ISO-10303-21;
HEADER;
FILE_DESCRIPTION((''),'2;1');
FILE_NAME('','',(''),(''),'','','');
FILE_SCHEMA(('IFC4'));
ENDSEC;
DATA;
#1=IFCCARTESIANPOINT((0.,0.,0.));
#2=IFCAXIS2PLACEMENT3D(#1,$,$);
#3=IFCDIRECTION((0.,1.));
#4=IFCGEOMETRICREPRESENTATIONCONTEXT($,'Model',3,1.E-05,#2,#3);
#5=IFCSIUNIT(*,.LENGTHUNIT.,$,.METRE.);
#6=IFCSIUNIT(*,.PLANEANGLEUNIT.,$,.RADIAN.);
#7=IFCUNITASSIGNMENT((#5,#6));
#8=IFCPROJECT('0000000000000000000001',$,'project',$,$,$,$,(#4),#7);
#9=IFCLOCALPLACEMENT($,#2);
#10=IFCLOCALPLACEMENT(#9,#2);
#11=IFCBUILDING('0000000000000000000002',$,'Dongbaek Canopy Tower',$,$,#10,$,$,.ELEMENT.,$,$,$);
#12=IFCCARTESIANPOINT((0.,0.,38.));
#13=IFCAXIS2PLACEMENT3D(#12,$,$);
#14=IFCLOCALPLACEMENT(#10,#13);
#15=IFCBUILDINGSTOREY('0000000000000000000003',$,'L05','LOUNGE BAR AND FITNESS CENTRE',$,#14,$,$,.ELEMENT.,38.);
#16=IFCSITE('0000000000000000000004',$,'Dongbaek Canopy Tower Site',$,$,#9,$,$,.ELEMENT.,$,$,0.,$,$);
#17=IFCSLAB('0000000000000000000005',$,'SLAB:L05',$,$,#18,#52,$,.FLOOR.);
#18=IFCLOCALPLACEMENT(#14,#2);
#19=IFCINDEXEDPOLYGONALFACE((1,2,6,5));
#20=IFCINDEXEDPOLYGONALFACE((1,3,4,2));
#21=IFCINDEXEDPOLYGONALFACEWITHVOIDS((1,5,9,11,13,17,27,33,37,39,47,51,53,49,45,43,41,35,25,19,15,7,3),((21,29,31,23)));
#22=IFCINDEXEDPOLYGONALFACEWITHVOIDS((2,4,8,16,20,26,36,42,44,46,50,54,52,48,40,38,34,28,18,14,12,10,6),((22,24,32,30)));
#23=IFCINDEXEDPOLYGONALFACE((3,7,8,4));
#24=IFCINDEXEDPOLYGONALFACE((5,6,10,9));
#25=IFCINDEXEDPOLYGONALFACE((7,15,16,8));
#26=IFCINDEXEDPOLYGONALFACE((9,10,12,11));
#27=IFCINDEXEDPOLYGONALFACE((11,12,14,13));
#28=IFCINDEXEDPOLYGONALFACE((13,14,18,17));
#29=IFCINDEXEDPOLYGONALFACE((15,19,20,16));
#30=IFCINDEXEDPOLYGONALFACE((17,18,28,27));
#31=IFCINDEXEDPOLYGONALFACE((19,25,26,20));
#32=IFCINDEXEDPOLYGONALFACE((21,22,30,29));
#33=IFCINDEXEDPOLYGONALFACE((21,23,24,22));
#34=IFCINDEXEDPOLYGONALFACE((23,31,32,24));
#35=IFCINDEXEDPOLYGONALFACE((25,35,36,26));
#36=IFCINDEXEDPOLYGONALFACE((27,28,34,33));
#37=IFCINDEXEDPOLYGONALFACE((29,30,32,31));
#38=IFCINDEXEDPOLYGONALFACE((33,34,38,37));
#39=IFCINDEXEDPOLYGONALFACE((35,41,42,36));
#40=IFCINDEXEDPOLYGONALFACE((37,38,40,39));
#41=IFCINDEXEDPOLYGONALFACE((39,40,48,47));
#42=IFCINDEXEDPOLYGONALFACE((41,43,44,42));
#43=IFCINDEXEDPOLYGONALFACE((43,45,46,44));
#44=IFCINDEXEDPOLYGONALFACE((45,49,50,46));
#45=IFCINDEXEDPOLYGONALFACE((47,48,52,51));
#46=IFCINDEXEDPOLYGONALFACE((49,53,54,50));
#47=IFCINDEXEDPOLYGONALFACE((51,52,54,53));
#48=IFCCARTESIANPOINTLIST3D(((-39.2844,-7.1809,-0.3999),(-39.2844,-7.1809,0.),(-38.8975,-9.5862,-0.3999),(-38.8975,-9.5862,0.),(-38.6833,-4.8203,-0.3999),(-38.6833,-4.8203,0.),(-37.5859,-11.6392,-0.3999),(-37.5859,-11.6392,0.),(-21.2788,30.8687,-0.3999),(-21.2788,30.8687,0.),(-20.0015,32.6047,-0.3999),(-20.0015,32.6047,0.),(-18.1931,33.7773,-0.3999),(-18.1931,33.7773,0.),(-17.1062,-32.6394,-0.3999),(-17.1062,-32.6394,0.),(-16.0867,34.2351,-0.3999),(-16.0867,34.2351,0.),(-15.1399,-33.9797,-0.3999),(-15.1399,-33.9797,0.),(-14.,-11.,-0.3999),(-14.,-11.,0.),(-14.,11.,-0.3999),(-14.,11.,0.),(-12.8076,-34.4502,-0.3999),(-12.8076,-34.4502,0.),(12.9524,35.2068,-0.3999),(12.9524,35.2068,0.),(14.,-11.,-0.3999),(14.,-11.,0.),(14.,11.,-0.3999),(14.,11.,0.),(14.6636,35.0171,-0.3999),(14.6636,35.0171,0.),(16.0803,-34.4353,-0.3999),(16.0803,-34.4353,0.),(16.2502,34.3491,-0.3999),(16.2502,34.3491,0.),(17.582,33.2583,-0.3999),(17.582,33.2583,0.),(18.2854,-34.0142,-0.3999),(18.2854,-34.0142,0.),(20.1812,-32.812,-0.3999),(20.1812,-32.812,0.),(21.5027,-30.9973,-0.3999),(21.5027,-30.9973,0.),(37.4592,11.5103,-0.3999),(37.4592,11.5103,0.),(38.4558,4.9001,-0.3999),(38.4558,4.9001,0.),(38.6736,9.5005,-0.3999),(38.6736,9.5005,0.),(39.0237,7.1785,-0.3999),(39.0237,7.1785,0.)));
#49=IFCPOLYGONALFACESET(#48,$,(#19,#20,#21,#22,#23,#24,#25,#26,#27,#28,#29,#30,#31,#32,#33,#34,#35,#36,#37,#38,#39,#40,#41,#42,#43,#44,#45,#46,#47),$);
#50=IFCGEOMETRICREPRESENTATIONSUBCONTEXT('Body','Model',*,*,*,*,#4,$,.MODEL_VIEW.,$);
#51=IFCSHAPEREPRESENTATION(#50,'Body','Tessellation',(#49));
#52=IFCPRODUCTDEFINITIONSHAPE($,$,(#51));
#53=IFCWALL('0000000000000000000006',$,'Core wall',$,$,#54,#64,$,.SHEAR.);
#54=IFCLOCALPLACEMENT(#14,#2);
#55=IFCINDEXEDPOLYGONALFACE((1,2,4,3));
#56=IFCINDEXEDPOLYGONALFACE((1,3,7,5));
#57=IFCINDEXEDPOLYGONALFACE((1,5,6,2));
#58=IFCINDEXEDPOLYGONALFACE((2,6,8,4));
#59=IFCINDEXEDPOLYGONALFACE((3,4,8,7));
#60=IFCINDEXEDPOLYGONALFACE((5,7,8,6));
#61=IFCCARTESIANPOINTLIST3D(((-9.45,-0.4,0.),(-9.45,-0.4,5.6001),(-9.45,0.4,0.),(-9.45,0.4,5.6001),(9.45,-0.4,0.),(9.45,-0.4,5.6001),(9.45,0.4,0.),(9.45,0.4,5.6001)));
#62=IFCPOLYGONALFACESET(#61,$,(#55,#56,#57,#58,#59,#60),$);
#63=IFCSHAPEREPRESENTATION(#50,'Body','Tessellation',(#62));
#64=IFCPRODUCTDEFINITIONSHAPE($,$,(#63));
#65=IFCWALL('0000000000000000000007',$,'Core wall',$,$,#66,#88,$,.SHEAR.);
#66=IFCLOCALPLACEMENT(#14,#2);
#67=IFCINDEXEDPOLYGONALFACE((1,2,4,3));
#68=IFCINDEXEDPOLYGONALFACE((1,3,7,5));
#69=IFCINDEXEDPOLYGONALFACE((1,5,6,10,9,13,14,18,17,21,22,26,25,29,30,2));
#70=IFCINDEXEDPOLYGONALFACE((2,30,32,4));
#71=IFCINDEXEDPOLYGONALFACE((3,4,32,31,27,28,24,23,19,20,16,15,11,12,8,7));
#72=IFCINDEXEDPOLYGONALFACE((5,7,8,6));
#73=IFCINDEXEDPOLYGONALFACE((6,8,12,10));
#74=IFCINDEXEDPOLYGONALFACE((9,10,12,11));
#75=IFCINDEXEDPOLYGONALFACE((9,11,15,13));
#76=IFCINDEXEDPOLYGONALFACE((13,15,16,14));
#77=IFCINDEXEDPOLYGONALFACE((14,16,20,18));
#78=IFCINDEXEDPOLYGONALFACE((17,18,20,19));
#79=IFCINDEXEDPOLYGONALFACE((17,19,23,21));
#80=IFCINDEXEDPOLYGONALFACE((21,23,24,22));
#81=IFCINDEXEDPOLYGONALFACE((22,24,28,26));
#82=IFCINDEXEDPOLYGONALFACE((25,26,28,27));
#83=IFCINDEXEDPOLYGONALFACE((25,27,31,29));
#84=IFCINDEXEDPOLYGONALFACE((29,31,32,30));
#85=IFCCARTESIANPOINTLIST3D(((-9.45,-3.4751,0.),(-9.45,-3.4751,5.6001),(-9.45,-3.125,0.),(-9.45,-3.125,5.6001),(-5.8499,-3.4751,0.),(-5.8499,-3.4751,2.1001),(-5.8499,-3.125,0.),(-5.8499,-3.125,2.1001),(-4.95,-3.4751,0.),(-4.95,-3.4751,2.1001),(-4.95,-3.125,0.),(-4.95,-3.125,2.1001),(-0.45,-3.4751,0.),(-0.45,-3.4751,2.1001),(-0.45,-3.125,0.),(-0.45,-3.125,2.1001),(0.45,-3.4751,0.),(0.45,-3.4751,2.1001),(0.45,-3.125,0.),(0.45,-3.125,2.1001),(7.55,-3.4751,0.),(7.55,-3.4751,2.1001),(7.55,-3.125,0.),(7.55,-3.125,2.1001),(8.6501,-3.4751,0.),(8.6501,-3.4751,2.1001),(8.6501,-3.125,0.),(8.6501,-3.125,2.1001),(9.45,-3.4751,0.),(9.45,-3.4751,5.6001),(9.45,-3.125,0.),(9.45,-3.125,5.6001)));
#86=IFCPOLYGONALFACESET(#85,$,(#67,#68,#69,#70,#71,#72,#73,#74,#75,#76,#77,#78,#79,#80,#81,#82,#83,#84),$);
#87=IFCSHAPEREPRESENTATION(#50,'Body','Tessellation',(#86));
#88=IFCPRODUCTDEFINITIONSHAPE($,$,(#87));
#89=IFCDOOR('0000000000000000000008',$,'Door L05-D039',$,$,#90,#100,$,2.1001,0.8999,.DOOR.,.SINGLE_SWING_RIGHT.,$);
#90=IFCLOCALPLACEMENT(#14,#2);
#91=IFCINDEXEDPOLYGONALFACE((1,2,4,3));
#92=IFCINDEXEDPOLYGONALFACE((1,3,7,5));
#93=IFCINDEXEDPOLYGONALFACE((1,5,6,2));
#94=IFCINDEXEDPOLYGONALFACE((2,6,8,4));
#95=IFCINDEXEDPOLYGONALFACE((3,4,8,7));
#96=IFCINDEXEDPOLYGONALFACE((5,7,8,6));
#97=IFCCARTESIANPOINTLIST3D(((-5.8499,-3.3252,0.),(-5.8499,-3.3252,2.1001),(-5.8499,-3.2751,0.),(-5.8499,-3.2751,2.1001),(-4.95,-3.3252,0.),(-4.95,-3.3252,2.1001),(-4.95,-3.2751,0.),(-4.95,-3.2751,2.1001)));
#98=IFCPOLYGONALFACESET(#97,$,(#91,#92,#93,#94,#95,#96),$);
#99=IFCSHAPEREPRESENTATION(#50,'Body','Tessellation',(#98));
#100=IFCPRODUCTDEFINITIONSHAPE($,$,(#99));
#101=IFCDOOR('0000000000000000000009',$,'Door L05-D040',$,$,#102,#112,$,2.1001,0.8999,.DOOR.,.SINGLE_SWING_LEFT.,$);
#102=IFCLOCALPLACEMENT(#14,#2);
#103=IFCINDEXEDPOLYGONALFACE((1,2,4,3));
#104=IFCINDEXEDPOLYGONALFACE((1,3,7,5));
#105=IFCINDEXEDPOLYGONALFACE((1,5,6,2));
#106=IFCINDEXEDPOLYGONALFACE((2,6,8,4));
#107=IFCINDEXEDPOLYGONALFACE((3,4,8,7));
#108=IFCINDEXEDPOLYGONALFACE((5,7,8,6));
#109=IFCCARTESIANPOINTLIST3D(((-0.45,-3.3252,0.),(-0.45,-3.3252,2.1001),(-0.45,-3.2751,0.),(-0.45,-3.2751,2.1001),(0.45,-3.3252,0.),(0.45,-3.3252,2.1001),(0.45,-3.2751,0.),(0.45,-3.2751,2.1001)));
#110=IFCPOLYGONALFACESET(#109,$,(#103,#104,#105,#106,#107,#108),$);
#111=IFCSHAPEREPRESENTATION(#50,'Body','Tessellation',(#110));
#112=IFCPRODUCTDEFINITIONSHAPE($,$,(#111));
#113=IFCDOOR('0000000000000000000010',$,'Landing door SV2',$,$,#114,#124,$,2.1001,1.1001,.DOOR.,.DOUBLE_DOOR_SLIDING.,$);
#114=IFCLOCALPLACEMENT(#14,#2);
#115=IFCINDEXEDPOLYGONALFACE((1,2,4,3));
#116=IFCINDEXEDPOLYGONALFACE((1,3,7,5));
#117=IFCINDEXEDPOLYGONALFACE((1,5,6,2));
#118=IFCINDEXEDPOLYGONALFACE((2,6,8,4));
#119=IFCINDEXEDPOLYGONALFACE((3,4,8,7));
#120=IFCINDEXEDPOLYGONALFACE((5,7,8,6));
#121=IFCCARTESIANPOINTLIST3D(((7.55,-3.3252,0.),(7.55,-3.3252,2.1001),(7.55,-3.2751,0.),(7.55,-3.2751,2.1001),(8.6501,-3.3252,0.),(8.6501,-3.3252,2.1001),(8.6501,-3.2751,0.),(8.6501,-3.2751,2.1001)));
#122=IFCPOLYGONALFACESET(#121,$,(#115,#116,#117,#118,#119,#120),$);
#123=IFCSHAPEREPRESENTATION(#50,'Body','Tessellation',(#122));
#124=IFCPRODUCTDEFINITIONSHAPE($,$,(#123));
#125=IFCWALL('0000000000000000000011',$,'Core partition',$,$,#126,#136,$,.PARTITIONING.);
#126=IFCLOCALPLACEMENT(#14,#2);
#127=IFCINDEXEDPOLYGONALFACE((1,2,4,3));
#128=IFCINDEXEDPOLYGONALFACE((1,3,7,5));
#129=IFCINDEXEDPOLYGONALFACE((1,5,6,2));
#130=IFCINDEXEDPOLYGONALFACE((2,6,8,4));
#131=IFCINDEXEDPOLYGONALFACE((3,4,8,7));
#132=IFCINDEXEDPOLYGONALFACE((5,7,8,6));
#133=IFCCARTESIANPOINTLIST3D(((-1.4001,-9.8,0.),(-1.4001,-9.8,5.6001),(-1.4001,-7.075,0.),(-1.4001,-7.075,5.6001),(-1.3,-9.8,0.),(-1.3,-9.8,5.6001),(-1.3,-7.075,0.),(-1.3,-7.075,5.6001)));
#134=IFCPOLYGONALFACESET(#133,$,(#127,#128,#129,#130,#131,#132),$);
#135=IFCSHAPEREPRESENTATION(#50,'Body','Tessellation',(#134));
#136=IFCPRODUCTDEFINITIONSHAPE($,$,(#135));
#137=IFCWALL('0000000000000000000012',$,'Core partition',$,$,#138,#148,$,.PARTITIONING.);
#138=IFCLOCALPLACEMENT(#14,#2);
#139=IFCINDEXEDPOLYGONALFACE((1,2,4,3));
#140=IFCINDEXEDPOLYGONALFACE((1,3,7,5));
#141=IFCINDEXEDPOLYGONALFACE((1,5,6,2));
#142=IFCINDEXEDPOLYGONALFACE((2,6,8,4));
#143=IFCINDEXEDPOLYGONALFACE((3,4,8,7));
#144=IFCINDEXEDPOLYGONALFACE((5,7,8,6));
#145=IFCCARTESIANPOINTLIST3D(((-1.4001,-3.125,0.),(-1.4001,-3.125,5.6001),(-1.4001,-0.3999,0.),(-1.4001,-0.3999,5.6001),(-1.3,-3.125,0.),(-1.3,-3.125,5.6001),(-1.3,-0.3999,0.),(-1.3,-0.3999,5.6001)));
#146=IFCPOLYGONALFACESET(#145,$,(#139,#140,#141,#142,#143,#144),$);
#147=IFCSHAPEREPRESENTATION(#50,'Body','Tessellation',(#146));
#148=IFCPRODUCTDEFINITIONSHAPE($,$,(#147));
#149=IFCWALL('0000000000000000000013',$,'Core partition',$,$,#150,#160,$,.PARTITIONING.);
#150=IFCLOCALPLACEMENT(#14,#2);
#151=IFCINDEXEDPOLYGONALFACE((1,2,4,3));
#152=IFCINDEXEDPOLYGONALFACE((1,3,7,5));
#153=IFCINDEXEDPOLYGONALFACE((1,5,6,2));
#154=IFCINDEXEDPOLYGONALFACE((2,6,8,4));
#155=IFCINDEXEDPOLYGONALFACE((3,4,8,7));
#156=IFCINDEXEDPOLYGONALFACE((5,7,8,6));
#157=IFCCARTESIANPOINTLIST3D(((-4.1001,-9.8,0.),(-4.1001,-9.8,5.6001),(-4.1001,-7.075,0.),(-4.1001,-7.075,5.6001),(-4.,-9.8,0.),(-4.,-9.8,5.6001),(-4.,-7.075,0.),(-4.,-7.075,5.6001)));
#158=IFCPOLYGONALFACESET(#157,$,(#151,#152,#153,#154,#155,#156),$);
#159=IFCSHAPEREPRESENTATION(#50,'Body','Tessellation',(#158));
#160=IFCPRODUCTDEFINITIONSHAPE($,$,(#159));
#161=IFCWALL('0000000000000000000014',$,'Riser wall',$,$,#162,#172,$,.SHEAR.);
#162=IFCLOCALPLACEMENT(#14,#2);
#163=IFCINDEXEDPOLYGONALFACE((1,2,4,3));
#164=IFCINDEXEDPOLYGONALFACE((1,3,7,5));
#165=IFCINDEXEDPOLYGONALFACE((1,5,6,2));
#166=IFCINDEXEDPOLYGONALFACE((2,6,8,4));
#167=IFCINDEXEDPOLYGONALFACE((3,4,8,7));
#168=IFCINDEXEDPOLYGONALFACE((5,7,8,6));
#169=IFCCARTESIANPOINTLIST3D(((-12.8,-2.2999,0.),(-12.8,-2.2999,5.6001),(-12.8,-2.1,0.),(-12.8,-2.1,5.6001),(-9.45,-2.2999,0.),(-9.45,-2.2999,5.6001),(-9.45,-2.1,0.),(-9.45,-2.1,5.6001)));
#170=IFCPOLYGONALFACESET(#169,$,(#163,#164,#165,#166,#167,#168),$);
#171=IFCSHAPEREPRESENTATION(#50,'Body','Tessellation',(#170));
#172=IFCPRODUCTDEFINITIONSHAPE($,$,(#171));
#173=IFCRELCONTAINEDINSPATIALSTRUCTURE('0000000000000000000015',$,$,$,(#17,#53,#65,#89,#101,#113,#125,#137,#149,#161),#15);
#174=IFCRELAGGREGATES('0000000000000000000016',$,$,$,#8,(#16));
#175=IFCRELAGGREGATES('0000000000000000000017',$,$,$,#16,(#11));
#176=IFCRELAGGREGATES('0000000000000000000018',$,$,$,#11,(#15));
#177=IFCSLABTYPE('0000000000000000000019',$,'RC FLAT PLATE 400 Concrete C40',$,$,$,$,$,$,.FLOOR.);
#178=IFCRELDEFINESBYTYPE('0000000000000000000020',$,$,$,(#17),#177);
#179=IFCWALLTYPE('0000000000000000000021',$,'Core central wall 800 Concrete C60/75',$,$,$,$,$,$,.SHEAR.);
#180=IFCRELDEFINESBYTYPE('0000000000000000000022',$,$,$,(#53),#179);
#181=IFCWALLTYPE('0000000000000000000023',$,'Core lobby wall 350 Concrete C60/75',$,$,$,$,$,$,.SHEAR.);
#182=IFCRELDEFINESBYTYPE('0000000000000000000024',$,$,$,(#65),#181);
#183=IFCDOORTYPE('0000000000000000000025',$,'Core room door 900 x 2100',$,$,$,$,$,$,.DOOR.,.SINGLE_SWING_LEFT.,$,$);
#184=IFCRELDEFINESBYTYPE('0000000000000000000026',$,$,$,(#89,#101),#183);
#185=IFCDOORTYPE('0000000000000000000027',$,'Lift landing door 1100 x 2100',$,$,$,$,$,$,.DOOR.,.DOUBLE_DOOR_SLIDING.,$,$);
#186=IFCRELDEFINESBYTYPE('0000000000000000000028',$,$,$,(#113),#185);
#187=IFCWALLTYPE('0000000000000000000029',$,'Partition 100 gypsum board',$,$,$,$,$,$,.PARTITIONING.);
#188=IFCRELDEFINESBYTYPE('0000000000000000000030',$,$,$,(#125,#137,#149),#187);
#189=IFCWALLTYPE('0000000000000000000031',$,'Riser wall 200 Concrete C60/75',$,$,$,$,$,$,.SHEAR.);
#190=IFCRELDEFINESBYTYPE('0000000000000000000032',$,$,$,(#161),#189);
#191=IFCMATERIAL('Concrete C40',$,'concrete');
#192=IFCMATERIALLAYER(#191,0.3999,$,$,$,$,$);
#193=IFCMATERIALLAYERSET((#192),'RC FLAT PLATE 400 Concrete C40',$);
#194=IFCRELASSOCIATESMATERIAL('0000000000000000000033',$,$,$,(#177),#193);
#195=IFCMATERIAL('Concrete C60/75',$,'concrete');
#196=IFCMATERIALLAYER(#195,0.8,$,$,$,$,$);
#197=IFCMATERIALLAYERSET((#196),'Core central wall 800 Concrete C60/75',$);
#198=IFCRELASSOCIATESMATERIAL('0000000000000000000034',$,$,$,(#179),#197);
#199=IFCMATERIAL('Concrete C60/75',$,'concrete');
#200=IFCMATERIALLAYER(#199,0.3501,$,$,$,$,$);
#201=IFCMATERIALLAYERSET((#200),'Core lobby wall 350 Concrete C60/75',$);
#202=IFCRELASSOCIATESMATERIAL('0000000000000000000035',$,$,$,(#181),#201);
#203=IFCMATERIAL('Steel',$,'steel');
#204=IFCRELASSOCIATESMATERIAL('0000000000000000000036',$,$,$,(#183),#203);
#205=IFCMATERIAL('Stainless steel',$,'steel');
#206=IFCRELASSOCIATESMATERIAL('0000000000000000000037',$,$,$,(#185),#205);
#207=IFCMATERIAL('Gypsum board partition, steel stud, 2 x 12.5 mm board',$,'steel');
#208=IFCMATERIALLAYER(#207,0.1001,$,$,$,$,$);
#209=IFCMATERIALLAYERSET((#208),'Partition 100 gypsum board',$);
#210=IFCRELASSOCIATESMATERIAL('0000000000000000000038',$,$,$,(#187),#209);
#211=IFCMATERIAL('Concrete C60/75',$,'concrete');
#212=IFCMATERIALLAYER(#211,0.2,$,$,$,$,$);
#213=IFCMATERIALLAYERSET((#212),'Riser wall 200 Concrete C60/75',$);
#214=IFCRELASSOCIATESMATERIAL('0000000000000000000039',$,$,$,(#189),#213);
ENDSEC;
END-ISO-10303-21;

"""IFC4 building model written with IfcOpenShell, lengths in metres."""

from ifc_helpers import new_model, si_unit, direction, frame, frame_2d, origin, place, context, subcontext, project, spatial, polyline, rectangle, outline, extrude, material, layer, layer_set, type_object, element, fill, save


model = new_model("IFC4")

# Units and contexts
model_context = context("Model", 3, precision=1e-05, world=origin(), true_north=direction((0.0, 1.0)))
body_context = subcontext(model_context, "Body", "Model", "MODEL_VIEW")
ifc_project = project(units=[si_unit("LENGTHUNIT", "METRE"), si_unit("PLANEANGLEUNIT", "RADIAN")], contexts=[model_context])

# Site, building, storey
site_placement = place(None, origin())
site = spatial("IfcSite", under=ifc_project, at=site_placement, Name="Dongbaek Canopy Tower Site", CompositionType="ELEMENT", RefElevation=0.0)
building_placement = place(site_placement, origin())
building = spatial("IfcBuilding", under=site, at=building_placement, Name="Dongbaek Canopy Tower", CompositionType="ELEMENT")
storey_placement = place(building_placement, frame((0.0, 0.0, 38.0)))
storey = spatial("IfcBuildingStorey", under=building, at=storey_placement, Name="L05", Description="LOUNGE BAR AND FITNESS CENTRE", CompositionType="ELEMENT", Elevation=38.0)

# Slab
ifc_material_1 = material(Name="Concrete C40", Category="concrete")
ifc_layer_1 = layer(ifc_material_1, 0.3999)
ifc_layer_set_1 = layer_set([ifc_layer_1], Name="RC FLAT PLATE 400 Concrete C40")
slab_type = type_object("IfcSlabType", Name="RC FLAT PLATE 400 Concrete C40", PredefinedType="FLOOR", material=ifc_layer_set_1)
slab_placement = place(storey_placement, frame((0.0, 0.0, -0.3999)))
element("IfcSlab", 1, at=slab_placement, inside=storey, type_object=slab_type, Name="SLAB:L05", PredefinedType="FLOOR", context=body_context, shape_type="SweptSolid", body=[
    extrude(outline(polyline([(21.5027, -30.9973), (20.1812, -32.812), (18.2854, -34.0142), (16.0803, -34.4353), (-12.8076, -34.4502), (-15.1399, -33.9797), (-17.1062, -32.6394), (-37.5859, -11.6392), (-38.8975, -9.5862), (-39.2844, -7.1809), (-38.6833, -4.8203), (-21.2788, 30.8687), (-20.0015, 32.6047), (-18.1931, 33.7773), (-16.0867, 34.2351), (12.9524, 35.2068), (14.6636, 35.0171), (16.2502, 34.3491), (17.582, 33.2583), (37.4592, 11.5103), (38.6736, 9.5005), (39.0237, 7.1785), (38.4558, 4.9001), (21.5027, -30.9973)]), holes=[polyline([(14.0, 11.0), (-14.0, 11.0), (-14.0, -11.0), (14.0, -11.0), (14.0, 11.0)])]), origin(), (0.0, 0.0, 1.0), 0.3999),
])

# Wall
ifc_material_2 = material(Name="Concrete C60/75", Category="concrete")
ifc_layer_2 = layer(ifc_material_2, 0.8)
ifc_layer_set_2 = layer_set([ifc_layer_2], Name="Core central wall 800 Concrete C60/75")
wall_type_1 = type_object("IfcWallType", Name="Core central wall 800 Concrete C60/75", PredefinedType="SHEAR", material=ifc_layer_set_2)
wall_1_placement = place(storey_placement, frame((-9.45, 0.0, 0.0), z_axis=(0.0, 0.0, 1.0), x_axis=(1.0, 0.0, 0.0)))
element("IfcWall", 2, at=wall_1_placement, inside=storey, type_object=wall_type_1, Name="Core wall", PredefinedType="SHEAR", context=body_context, shape_type="SweptSolid", body=[
    extrude(rectangle(XDim=18.8999, YDim=0.8, at=frame_2d((9.45, 0.0))), origin(), (0.0, 0.0, 1.0), 5.6001),
])

# Wall, openings, doors
ifc_material_3 = material(Name="Concrete C60/75", Category="concrete")
ifc_layer_3 = layer(ifc_material_3, 0.3501)
ifc_layer_set_3 = layer_set([ifc_layer_3], Name="Core lobby wall 350 Concrete C60/75")
wall_type_2 = type_object("IfcWallType", Name="Core lobby wall 350 Concrete C60/75", PredefinedType="SHEAR", material=ifc_layer_set_3)
wall_2_placement = place(storey_placement, frame((-9.45, -3.3, 0.0), z_axis=(0.0, 0.0, 1.0), x_axis=(1.0, 0.0, 0.0)))
wall_2 = element("IfcWall", 3, at=wall_2_placement, inside=storey, type_object=wall_type_2, Name="Core wall", PredefinedType="SHEAR", context=body_context, shape_type="SweptSolid", body=[
    extrude(rectangle(XDim=18.8999, YDim=0.3501, at=frame_2d((9.45, 0.0))), origin(), (0.0, 0.0, 1.0), 5.6001),
])
opening_1_placement = place(wall_2_placement, frame((17.0, 0.0, 0.0)))
opening_1 = element("IfcOpeningElement", 4, at=opening_1_placement, cuts=wall_2, PredefinedType="OPENING", context=body_context, shape_type="SweptSolid", body=[
    extrude(rectangle(XDim=1.1001, YDim=2.1001, at=frame_2d((0.55, 1.05))), frame((0.0, 0.1851, 0.0), z_axis=(0.0, -1.0, 0.0), x_axis=(1.0, 0.0, 0.0)), (0.0, 0.0, 1.0), 0.3701),
])
opening_2_placement = place(wall_2_placement, frame((3.6001, 0.0, 0.0)))
opening_2 = element("IfcOpeningElement", 5, at=opening_2_placement, cuts=wall_2, PredefinedType="OPENING", context=body_context, shape_type="SweptSolid", body=[
    extrude(rectangle(XDim=0.8999, YDim=2.1001, at=frame_2d((0.45, 1.05))), frame((0.0, 0.1851, 0.0), z_axis=(0.0, -1.0, 0.0), x_axis=(1.0, 0.0, 0.0)), (0.0, 0.0, 1.0), 0.3701),
])
opening_3_placement = place(wall_2_placement, frame((9.0, 0.0, 0.0)))
opening_3 = element("IfcOpeningElement", 6, at=opening_3_placement, cuts=wall_2, PredefinedType="OPENING", context=body_context, shape_type="SweptSolid", body=[
    extrude(rectangle(XDim=0.8999, YDim=2.1001, at=frame_2d((0.45, 1.05))), frame((0.0, 0.1851, 0.0), z_axis=(0.0, -1.0, 0.0), x_axis=(1.0, 0.0, 0.0)), (0.0, 0.0, 1.0), 0.3701),
])
ifc_material_4 = material(Name="Steel", Category="steel")
door_type_1 = type_object("IfcDoorType", Name="Core room door 900 x 2100", OperationType="SINGLE_SWING_LEFT", PredefinedType="DOOR", material=ifc_material_4)
door_1_placement = place(opening_2_placement, origin())
door_1 = element("IfcDoor", 7, at=door_1_placement, inside=storey, type_object=door_type_1, Name="Door L05-D039", OperationType="SINGLE_SWING_RIGHT", OverallHeight=2.1001, OverallWidth=0.8999, PredefinedType="DOOR", context=body_context, shape_type="SweptSolid", body=[
    extrude(rectangle(XDim=0.8999, YDim=2.1001, at=frame_2d((0.45, 1.05))), frame((0.0, 0.0249, 0.0), z_axis=(0.0, -1.0, 0.0), x_axis=(1.0, 0.0, 0.0)), (0.0, 0.0, 1.0), 0.05),
])
fill(opening_2, door_1)
door_2_placement = place(opening_3_placement, origin())
door_2 = element("IfcDoor", 8, at=door_2_placement, inside=storey, type_object=door_type_1, Name="Door L05-D040", OperationType="SINGLE_SWING_LEFT", OverallHeight=2.1001, OverallWidth=0.8999, PredefinedType="DOOR", context=body_context, shape_type="SweptSolid", body=[
    extrude(rectangle(XDim=0.8999, YDim=2.1001, at=frame_2d((0.45, 1.05))), frame((0.0, 0.0249, 0.0), z_axis=(0.0, -1.0, 0.0), x_axis=(1.0, 0.0, 0.0)), (0.0, 0.0, 1.0), 0.05),
])
fill(opening_3, door_2)
ifc_material_5 = material(Name="Stainless steel", Category="steel")
door_type_2 = type_object("IfcDoorType", Name="Lift landing door 1100 x 2100", OperationType="DOUBLE_DOOR_SLIDING", PredefinedType="DOOR", material=ifc_material_5)
door_3_placement = place(opening_1_placement, origin())
door_3 = element("IfcDoor", 9, at=door_3_placement, inside=storey, type_object=door_type_2, Name="Landing door SV2", OperationType="DOUBLE_DOOR_SLIDING", OverallHeight=2.1001, OverallWidth=1.1001, PredefinedType="DOOR", context=body_context, shape_type="SweptSolid", body=[
    extrude(rectangle(XDim=1.1001, YDim=2.1001, at=frame_2d((0.55, 1.05))), frame((0.0, 0.0249, 0.0), z_axis=(0.0, -1.0, 0.0), x_axis=(1.0, 0.0, 0.0)), (0.0, 0.0, 1.0), 0.05),
])
fill(opening_1, door_3)

# Walls
ifc_material_6 = material(Name="Gypsum board partition, steel stud, 2 x 12.5 mm board", Category="steel")
ifc_layer_4 = layer(ifc_material_6, 0.1001)
ifc_layer_set_4 = layer_set([ifc_layer_4], Name="Partition 100 gypsum board")
wall_type_3 = type_object("IfcWallType", Name="Partition 100 gypsum board", PredefinedType="PARTITIONING", material=ifc_layer_set_4)
for number, where, z_axis, x_axis, name in (
    (10, (-1.3501, -9.8, 0.0), (0.0, 0.0, 1.0), (0.0, 1.0, 0.0), "Core partition"),
    (11, (-1.3501, -3.125, 0.0), (0.0, 0.0, 1.0), (0.0, 1.0, 0.0), "Core partition"),
    (12, (-4.05, -9.8, 0.0), (0.0, 0.0, 1.0), (0.0, 1.0, 0.0), "Core partition"),
):
    element("IfcWall", number, at=place(storey_placement, frame(where, z_axis=z_axis, x_axis=x_axis)), inside=storey, type_object=wall_type_3, Name=name, PredefinedType="PARTITIONING", context=body_context, shape_type="SweptSolid", body=[
        extrude(rectangle(XDim=2.7251, YDim=0.1001, at=frame_2d((1.3625, 0.0))), origin(), (0.0, 0.0, 1.0), 5.6001),
    ])
ifc_material_7 = material(Name="Concrete C60/75", Category="concrete")
ifc_layer_5 = layer(ifc_material_7, 0.2)
ifc_layer_set_5 = layer_set([ifc_layer_5], Name="Riser wall 200 Concrete C60/75")
wall_type_4 = type_object("IfcWallType", Name="Riser wall 200 Concrete C60/75", PredefinedType="SHEAR", material=ifc_layer_set_5)
wall_3_placement = place(storey_placement, frame((-9.45, -2.2, 0.0), z_axis=(0.0, 0.0, 1.0), x_axis=(-1.0, 0.0, 0.0)))
element("IfcWall", 13, at=wall_3_placement, inside=storey, type_object=wall_type_4, Name="Riser wall", PredefinedType="SHEAR", context=body_context, shape_type="SweptSolid", body=[
    extrude(rectangle(XDim=3.3501, YDim=0.2, at=frame_2d((1.675, 0.0))), origin(), (0.0, 0.0, 1.0), 5.6001),
])

save(model, "model.ifc")
